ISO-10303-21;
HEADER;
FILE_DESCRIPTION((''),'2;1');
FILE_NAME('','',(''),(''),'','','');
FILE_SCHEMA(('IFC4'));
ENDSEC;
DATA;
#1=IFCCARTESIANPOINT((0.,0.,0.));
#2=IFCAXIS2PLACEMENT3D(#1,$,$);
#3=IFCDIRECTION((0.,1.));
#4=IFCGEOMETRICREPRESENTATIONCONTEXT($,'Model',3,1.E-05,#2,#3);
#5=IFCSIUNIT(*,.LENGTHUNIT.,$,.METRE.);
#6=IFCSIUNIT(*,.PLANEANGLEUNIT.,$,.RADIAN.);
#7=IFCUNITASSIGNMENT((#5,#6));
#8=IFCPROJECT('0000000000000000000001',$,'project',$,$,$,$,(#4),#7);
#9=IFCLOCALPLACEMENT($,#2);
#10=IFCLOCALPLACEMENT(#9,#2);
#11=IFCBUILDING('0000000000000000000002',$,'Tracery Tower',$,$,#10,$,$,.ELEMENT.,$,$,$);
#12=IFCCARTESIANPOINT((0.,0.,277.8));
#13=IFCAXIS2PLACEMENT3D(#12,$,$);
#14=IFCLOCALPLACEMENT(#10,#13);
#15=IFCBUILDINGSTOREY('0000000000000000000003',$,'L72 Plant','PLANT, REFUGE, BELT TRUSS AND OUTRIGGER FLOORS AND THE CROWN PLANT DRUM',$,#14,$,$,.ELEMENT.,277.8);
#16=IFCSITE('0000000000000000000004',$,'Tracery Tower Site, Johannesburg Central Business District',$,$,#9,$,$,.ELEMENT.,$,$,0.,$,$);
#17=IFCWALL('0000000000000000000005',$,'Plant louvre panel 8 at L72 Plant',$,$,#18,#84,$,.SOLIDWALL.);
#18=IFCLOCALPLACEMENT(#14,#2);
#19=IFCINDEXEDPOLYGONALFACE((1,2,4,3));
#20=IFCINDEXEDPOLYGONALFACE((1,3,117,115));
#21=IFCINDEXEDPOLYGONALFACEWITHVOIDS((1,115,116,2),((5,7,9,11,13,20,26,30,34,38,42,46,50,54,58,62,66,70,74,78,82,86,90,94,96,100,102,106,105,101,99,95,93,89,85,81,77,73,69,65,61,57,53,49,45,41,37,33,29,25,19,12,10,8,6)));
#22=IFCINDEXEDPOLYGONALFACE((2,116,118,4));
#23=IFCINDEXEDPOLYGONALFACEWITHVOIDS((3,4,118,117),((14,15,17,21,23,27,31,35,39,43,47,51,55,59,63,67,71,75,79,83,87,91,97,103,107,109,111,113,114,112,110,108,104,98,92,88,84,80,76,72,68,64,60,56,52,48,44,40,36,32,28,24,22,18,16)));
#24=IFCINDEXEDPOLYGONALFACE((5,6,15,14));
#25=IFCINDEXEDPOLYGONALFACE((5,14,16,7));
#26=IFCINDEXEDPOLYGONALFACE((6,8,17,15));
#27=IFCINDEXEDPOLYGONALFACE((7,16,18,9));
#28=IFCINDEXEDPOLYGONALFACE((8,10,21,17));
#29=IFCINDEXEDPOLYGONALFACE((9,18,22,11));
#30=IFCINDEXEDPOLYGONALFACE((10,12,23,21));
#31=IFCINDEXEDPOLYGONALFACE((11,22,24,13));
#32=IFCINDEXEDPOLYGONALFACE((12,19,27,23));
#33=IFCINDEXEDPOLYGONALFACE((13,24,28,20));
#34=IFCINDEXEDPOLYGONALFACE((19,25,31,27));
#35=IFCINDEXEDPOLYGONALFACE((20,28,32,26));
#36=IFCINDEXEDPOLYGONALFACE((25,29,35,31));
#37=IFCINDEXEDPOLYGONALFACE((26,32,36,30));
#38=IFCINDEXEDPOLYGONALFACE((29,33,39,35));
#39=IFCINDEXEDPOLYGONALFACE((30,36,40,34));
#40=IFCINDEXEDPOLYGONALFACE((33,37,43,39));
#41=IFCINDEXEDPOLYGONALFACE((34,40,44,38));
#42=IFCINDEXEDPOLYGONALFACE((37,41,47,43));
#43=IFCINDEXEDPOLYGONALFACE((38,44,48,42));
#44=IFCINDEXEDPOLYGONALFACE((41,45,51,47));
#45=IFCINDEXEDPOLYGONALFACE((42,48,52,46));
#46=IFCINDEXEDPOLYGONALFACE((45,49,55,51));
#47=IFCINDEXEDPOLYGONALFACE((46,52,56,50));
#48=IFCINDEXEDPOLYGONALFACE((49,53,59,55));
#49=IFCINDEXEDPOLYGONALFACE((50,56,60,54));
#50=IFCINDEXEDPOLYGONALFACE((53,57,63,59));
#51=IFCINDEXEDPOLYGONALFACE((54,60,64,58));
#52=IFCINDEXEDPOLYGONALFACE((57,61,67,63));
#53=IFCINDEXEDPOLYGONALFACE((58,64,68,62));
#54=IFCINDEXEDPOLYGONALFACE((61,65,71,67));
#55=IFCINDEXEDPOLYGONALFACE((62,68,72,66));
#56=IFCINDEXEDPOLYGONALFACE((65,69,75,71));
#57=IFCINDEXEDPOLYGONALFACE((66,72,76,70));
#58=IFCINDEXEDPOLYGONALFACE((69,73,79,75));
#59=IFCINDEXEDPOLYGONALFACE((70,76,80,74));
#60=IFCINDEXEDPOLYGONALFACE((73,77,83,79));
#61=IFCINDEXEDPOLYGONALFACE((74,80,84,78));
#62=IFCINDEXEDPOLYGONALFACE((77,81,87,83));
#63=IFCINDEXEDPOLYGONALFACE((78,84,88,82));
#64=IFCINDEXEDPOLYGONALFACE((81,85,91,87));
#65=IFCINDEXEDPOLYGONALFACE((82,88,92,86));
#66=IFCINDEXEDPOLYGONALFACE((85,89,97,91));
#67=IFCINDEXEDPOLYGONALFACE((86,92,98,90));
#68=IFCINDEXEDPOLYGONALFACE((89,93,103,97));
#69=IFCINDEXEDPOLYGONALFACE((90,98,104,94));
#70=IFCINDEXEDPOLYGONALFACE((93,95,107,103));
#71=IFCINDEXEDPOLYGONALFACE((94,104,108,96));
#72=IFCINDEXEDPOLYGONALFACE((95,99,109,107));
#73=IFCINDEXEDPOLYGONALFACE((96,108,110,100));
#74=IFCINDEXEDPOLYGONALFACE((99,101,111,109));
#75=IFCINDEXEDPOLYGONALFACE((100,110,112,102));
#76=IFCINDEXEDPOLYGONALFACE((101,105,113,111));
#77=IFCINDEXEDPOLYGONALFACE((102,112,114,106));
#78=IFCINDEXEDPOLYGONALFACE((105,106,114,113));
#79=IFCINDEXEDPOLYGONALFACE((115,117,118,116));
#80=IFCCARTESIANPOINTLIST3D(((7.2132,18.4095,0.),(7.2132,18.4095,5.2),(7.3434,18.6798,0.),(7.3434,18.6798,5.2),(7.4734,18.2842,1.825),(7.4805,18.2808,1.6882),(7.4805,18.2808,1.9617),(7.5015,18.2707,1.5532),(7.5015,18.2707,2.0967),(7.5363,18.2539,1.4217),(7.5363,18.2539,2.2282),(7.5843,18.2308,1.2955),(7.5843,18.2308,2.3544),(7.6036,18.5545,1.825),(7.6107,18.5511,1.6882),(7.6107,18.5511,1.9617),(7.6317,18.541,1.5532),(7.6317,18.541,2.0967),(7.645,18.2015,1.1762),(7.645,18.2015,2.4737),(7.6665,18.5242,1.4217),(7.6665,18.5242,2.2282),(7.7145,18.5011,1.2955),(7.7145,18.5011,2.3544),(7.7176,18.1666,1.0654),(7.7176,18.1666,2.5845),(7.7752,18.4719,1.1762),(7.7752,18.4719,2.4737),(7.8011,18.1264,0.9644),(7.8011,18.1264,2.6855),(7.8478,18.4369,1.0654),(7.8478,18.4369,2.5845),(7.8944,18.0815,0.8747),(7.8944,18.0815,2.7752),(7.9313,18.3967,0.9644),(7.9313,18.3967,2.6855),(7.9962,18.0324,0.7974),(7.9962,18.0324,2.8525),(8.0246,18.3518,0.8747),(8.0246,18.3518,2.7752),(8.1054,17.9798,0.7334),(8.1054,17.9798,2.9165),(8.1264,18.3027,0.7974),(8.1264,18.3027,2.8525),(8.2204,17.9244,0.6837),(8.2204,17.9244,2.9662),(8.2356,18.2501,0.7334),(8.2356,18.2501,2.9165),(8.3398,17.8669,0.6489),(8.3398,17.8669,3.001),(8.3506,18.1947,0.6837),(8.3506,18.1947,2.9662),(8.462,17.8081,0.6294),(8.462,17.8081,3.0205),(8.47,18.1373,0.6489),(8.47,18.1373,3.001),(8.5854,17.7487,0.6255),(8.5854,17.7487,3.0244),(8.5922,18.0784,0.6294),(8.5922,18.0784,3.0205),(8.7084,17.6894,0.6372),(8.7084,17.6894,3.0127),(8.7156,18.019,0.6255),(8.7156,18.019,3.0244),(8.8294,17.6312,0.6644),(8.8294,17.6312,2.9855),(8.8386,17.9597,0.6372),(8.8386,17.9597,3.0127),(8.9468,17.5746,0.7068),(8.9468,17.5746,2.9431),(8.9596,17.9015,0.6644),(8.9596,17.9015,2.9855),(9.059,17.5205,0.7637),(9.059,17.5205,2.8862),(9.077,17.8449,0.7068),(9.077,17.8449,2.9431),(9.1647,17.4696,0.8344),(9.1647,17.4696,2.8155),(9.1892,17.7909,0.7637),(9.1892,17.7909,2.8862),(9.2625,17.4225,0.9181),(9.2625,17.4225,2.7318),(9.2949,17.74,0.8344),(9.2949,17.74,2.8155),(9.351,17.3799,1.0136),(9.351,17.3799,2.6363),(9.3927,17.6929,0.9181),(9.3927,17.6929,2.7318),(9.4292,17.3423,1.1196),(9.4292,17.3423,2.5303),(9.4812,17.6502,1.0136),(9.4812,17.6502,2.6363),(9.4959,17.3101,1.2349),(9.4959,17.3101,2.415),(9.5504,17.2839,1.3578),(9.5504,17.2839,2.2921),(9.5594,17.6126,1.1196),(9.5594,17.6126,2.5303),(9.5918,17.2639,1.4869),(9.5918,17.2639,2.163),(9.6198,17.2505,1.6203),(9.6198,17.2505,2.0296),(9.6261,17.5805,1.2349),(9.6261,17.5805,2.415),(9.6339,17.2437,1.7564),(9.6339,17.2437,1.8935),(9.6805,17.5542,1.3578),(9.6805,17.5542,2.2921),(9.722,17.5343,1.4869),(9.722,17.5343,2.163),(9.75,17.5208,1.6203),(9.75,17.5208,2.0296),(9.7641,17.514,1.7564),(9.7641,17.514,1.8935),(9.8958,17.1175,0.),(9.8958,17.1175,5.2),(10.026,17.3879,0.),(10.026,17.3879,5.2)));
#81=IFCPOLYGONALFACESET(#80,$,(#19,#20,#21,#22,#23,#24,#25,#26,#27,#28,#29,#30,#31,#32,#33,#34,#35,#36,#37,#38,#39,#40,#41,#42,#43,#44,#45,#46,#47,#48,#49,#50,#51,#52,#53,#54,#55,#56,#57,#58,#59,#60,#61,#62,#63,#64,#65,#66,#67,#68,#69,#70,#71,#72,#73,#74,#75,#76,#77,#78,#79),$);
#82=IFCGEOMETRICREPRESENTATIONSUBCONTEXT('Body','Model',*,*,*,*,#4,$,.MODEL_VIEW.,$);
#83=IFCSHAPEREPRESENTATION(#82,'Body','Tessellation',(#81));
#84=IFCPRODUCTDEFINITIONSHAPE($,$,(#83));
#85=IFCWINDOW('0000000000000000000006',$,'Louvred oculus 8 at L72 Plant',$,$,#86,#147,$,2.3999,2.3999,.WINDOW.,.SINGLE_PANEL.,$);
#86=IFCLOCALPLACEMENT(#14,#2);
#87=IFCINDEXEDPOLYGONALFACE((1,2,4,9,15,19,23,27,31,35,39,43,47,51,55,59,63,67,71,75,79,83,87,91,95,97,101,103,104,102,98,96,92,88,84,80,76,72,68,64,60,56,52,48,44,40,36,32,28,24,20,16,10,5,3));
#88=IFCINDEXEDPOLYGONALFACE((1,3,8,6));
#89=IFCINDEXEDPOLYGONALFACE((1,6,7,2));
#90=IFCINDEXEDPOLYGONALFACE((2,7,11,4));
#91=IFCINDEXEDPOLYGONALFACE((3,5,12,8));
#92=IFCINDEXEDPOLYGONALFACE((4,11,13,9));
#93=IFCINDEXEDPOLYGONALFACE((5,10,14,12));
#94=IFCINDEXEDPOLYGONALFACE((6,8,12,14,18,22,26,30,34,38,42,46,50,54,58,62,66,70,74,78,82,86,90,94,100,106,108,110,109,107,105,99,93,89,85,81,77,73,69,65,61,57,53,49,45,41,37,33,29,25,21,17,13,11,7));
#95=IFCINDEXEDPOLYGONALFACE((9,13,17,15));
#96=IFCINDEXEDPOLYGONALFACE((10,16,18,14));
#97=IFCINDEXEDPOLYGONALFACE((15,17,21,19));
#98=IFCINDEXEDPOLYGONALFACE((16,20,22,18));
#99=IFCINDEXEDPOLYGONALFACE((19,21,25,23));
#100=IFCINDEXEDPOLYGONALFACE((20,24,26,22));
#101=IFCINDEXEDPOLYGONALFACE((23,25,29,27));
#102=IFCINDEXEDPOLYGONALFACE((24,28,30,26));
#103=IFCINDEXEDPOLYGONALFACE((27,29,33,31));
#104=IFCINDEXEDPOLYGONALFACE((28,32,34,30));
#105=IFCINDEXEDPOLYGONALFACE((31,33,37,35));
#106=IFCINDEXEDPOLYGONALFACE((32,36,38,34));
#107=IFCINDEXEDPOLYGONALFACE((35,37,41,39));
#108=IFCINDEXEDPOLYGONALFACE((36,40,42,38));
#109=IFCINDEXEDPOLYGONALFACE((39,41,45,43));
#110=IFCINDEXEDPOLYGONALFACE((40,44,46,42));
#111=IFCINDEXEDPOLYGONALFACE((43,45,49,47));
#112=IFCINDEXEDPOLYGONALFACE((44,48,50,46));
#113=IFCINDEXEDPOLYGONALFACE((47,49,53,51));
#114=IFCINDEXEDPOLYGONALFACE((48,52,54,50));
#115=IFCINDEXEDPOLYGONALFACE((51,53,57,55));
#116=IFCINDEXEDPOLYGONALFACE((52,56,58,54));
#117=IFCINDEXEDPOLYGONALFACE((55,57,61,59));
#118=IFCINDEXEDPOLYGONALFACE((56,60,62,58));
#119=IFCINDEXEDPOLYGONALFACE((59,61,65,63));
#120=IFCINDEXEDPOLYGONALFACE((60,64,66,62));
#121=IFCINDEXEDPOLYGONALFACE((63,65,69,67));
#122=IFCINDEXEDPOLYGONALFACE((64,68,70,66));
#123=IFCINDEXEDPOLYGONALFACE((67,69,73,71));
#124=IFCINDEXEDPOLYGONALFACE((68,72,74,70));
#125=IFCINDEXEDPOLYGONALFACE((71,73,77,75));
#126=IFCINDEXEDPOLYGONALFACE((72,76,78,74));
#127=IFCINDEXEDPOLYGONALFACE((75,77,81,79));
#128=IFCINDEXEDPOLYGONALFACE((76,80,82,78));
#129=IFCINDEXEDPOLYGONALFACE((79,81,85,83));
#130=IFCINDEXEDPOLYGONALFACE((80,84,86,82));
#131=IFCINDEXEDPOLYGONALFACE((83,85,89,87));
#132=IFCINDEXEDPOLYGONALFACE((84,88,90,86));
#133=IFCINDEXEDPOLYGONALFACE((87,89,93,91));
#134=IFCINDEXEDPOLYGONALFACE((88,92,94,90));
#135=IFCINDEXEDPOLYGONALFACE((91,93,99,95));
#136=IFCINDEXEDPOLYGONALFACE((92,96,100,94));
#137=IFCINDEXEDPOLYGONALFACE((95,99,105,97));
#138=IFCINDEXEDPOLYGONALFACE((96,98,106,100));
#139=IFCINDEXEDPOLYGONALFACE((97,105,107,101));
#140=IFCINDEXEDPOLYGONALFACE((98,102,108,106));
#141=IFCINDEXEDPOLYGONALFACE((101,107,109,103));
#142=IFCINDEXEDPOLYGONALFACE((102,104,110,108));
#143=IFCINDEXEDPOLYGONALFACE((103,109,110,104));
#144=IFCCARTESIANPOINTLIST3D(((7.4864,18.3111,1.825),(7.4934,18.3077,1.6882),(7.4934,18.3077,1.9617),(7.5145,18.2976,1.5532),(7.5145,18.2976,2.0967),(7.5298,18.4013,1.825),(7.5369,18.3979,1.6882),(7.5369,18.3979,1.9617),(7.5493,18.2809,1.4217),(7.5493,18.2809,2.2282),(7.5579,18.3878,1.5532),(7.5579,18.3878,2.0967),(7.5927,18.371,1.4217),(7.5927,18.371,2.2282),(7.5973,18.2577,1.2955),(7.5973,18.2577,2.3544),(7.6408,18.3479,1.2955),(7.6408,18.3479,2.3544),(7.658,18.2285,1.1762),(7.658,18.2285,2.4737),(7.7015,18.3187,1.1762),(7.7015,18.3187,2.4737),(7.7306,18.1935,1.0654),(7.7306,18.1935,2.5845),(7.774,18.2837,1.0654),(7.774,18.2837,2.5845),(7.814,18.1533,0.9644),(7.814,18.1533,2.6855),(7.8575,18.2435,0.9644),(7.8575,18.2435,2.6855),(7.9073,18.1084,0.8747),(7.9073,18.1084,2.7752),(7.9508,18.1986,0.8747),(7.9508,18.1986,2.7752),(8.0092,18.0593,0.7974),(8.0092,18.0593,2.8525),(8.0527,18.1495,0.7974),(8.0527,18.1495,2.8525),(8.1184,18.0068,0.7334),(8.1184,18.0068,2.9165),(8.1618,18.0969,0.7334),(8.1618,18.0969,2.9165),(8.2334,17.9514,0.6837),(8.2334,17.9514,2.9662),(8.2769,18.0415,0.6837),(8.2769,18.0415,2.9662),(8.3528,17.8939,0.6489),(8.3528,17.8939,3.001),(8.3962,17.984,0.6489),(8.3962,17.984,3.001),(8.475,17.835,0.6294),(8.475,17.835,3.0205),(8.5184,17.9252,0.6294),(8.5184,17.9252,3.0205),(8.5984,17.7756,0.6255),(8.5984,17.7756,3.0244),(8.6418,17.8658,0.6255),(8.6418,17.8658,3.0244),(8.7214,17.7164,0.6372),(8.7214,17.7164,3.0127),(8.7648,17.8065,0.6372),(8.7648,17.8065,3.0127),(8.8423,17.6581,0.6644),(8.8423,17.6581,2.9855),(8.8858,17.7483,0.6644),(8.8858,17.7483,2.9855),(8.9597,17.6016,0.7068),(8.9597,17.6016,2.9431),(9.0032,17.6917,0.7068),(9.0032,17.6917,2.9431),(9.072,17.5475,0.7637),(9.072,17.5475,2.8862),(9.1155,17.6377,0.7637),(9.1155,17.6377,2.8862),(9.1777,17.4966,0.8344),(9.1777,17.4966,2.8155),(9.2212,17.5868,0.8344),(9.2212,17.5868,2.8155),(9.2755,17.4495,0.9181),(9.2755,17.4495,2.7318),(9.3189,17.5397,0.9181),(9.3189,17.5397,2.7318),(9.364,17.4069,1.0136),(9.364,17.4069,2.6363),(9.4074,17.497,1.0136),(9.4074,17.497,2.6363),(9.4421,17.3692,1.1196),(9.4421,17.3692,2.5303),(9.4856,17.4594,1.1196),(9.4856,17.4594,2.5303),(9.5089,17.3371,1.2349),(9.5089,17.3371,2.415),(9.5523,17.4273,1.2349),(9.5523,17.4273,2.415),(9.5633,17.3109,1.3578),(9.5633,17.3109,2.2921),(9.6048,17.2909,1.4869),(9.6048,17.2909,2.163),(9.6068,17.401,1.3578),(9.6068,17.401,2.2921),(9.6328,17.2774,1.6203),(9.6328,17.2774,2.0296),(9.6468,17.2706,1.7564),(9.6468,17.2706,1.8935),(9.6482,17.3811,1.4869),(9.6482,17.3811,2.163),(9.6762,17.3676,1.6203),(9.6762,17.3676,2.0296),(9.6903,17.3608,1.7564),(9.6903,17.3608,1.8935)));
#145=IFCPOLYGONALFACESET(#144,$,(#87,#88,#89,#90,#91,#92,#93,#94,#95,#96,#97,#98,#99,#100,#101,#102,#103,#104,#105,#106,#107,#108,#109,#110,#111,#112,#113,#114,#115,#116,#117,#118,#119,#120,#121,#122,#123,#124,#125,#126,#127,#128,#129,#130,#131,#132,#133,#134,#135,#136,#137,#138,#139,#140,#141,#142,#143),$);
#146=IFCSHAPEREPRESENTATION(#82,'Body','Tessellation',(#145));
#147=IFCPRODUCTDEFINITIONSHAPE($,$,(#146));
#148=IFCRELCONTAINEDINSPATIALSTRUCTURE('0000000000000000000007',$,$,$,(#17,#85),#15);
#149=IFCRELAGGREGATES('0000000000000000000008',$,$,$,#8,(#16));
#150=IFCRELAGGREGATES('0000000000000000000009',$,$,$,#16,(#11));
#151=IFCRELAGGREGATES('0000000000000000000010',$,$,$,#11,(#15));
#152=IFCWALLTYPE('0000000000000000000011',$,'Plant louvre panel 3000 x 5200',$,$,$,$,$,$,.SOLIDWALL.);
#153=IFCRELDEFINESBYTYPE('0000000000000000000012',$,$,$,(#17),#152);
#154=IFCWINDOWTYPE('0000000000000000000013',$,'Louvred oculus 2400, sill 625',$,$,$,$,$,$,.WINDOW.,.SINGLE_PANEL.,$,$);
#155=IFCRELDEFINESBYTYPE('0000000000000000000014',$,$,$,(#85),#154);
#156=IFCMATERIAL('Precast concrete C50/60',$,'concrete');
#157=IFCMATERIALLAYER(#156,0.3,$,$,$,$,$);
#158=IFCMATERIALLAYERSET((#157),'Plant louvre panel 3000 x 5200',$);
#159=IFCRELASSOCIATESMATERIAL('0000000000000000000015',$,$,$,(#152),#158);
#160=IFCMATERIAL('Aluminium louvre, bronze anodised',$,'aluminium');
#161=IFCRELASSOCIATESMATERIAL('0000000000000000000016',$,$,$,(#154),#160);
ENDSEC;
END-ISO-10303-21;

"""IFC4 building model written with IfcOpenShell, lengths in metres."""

from ifc_helpers import new_model, si_unit, direction, frame, frame_2d, origin, origin_2d, place, context, subcontext, project, spatial, rectangle, circle, extrude, material, layer, layer_set, type_object, element, fill, save


model = new_model("IFC4")

# Units and contexts
model_context = context("Model", 3, precision=1e-05, world=origin(), true_north=direction((0.0, 1.0)))
body_context = subcontext(model_context, "Body", "Model", "MODEL_VIEW")
ifc_project = project(units=[si_unit("LENGTHUNIT", "METRE"), si_unit("PLANEANGLEUNIT", "RADIAN")], contexts=[model_context])

# Site, building, storey
site_placement = place(None, origin())
site = spatial("IfcSite", under=ifc_project, at=site_placement, Name="Tracery Tower Site, Johannesburg Central Business District", CompositionType="ELEMENT", RefElevation=0.0)
building_placement = place(site_placement, origin())
building = spatial("IfcBuilding", under=site, at=building_placement, Name="Tracery Tower", CompositionType="ELEMENT")
storey_placement = place(building_placement, frame((0.0, 0.0, 277.8)))
storey = spatial("IfcBuildingStorey", under=building, at=storey_placement, Name="L72 Plant", Description="PLANT, REFUGE, BELT TRUSS AND OUTRIGGER FLOORS AND THE CROWN PLANT DRUM", CompositionType="ELEMENT", Elevation=277.8)

# Wall, opening, window
ifc_material_1 = material(Name="Precast concrete C50/60", Category="concrete")
ifc_layer_1 = layer(ifc_material_1, 0.3)
ifc_layer_set_1 = layer_set([ifc_layer_1], Name="Plant louvre panel 3000 x 5200")
wall_type_1 = type_object("IfcWallType", Name="Plant louvre panel 3000 x 5200", PredefinedType="SOLIDWALL", material=ifc_layer_set_1)
ifc_material_2 = material(Name="Aluminium louvre, bronze anodised", Category="aluminium")
window_type = type_object("IfcWindowType", Name="Louvred oculus 2400, sill 625", PartitioningType="SINGLE_PANEL", PredefinedType="WINDOW", material=ifc_material_2)
wall_1_placement = place(storey_placement, frame((9.9609, 17.2527, 0.0), z_axis=(0.0, 0.0, 1.0), x_axis=(-0.900954, 0.433914, 0.0)))
wall_1 = element("IfcWall", 1, at=wall_1_placement, inside=storey, type_object=wall_type_1, Name="Plant louvre panel 8 at L72 Plant", PredefinedType="SOLIDWALL", context=body_context, shape_type="SweptSolid", body=[
    extrude(rectangle(XDim=2.9775, YDim=0.3, at=frame_2d((1.4888, 0.0))), origin(), (0.0, 0.0, 1.0), 5.2),
])
opening_1_placement = place(wall_1_placement, frame((1.4888, 0.0, 1.825)))
opening_1 = element("IfcOpeningElement", 2, at=opening_1_placement, cuts=wall_1, PredefinedType="OPENING", context=body_context, shape_type="SweptSolid", body=[
    extrude(circle(Radius=1.2, at=origin_2d()), frame((0.0, 0.1599, 0.0), z_axis=(0.0, -1.0, 0.0), x_axis=(1.0, 0.0, 0.0)), (0.0, 0.0, 1.0), 0.3201),
])
window_1_placement = place(opening_1_placement, origin())
window_1 = element("IfcWindow", 3, at=window_1_placement, inside=storey, type_object=window_type, Name="Louvred oculus 8 at L72 Plant", OverallHeight=2.3999, OverallWidth=2.3999, PartitioningType="SINGLE_PANEL", PredefinedType="WINDOW", context=body_context, shape_type="SweptSolid", body=[
    extrude(circle(Radius=1.2, at=origin_2d()), frame((0.0, 0.1201, 0.0), z_axis=(0.0, -1.0, 0.0), x_axis=(1.0, 0.0, 0.0)), (0.0, 0.0, 1.0), 0.1001),
])
fill(opening_1, window_1)

save(model, "model.ifc")
